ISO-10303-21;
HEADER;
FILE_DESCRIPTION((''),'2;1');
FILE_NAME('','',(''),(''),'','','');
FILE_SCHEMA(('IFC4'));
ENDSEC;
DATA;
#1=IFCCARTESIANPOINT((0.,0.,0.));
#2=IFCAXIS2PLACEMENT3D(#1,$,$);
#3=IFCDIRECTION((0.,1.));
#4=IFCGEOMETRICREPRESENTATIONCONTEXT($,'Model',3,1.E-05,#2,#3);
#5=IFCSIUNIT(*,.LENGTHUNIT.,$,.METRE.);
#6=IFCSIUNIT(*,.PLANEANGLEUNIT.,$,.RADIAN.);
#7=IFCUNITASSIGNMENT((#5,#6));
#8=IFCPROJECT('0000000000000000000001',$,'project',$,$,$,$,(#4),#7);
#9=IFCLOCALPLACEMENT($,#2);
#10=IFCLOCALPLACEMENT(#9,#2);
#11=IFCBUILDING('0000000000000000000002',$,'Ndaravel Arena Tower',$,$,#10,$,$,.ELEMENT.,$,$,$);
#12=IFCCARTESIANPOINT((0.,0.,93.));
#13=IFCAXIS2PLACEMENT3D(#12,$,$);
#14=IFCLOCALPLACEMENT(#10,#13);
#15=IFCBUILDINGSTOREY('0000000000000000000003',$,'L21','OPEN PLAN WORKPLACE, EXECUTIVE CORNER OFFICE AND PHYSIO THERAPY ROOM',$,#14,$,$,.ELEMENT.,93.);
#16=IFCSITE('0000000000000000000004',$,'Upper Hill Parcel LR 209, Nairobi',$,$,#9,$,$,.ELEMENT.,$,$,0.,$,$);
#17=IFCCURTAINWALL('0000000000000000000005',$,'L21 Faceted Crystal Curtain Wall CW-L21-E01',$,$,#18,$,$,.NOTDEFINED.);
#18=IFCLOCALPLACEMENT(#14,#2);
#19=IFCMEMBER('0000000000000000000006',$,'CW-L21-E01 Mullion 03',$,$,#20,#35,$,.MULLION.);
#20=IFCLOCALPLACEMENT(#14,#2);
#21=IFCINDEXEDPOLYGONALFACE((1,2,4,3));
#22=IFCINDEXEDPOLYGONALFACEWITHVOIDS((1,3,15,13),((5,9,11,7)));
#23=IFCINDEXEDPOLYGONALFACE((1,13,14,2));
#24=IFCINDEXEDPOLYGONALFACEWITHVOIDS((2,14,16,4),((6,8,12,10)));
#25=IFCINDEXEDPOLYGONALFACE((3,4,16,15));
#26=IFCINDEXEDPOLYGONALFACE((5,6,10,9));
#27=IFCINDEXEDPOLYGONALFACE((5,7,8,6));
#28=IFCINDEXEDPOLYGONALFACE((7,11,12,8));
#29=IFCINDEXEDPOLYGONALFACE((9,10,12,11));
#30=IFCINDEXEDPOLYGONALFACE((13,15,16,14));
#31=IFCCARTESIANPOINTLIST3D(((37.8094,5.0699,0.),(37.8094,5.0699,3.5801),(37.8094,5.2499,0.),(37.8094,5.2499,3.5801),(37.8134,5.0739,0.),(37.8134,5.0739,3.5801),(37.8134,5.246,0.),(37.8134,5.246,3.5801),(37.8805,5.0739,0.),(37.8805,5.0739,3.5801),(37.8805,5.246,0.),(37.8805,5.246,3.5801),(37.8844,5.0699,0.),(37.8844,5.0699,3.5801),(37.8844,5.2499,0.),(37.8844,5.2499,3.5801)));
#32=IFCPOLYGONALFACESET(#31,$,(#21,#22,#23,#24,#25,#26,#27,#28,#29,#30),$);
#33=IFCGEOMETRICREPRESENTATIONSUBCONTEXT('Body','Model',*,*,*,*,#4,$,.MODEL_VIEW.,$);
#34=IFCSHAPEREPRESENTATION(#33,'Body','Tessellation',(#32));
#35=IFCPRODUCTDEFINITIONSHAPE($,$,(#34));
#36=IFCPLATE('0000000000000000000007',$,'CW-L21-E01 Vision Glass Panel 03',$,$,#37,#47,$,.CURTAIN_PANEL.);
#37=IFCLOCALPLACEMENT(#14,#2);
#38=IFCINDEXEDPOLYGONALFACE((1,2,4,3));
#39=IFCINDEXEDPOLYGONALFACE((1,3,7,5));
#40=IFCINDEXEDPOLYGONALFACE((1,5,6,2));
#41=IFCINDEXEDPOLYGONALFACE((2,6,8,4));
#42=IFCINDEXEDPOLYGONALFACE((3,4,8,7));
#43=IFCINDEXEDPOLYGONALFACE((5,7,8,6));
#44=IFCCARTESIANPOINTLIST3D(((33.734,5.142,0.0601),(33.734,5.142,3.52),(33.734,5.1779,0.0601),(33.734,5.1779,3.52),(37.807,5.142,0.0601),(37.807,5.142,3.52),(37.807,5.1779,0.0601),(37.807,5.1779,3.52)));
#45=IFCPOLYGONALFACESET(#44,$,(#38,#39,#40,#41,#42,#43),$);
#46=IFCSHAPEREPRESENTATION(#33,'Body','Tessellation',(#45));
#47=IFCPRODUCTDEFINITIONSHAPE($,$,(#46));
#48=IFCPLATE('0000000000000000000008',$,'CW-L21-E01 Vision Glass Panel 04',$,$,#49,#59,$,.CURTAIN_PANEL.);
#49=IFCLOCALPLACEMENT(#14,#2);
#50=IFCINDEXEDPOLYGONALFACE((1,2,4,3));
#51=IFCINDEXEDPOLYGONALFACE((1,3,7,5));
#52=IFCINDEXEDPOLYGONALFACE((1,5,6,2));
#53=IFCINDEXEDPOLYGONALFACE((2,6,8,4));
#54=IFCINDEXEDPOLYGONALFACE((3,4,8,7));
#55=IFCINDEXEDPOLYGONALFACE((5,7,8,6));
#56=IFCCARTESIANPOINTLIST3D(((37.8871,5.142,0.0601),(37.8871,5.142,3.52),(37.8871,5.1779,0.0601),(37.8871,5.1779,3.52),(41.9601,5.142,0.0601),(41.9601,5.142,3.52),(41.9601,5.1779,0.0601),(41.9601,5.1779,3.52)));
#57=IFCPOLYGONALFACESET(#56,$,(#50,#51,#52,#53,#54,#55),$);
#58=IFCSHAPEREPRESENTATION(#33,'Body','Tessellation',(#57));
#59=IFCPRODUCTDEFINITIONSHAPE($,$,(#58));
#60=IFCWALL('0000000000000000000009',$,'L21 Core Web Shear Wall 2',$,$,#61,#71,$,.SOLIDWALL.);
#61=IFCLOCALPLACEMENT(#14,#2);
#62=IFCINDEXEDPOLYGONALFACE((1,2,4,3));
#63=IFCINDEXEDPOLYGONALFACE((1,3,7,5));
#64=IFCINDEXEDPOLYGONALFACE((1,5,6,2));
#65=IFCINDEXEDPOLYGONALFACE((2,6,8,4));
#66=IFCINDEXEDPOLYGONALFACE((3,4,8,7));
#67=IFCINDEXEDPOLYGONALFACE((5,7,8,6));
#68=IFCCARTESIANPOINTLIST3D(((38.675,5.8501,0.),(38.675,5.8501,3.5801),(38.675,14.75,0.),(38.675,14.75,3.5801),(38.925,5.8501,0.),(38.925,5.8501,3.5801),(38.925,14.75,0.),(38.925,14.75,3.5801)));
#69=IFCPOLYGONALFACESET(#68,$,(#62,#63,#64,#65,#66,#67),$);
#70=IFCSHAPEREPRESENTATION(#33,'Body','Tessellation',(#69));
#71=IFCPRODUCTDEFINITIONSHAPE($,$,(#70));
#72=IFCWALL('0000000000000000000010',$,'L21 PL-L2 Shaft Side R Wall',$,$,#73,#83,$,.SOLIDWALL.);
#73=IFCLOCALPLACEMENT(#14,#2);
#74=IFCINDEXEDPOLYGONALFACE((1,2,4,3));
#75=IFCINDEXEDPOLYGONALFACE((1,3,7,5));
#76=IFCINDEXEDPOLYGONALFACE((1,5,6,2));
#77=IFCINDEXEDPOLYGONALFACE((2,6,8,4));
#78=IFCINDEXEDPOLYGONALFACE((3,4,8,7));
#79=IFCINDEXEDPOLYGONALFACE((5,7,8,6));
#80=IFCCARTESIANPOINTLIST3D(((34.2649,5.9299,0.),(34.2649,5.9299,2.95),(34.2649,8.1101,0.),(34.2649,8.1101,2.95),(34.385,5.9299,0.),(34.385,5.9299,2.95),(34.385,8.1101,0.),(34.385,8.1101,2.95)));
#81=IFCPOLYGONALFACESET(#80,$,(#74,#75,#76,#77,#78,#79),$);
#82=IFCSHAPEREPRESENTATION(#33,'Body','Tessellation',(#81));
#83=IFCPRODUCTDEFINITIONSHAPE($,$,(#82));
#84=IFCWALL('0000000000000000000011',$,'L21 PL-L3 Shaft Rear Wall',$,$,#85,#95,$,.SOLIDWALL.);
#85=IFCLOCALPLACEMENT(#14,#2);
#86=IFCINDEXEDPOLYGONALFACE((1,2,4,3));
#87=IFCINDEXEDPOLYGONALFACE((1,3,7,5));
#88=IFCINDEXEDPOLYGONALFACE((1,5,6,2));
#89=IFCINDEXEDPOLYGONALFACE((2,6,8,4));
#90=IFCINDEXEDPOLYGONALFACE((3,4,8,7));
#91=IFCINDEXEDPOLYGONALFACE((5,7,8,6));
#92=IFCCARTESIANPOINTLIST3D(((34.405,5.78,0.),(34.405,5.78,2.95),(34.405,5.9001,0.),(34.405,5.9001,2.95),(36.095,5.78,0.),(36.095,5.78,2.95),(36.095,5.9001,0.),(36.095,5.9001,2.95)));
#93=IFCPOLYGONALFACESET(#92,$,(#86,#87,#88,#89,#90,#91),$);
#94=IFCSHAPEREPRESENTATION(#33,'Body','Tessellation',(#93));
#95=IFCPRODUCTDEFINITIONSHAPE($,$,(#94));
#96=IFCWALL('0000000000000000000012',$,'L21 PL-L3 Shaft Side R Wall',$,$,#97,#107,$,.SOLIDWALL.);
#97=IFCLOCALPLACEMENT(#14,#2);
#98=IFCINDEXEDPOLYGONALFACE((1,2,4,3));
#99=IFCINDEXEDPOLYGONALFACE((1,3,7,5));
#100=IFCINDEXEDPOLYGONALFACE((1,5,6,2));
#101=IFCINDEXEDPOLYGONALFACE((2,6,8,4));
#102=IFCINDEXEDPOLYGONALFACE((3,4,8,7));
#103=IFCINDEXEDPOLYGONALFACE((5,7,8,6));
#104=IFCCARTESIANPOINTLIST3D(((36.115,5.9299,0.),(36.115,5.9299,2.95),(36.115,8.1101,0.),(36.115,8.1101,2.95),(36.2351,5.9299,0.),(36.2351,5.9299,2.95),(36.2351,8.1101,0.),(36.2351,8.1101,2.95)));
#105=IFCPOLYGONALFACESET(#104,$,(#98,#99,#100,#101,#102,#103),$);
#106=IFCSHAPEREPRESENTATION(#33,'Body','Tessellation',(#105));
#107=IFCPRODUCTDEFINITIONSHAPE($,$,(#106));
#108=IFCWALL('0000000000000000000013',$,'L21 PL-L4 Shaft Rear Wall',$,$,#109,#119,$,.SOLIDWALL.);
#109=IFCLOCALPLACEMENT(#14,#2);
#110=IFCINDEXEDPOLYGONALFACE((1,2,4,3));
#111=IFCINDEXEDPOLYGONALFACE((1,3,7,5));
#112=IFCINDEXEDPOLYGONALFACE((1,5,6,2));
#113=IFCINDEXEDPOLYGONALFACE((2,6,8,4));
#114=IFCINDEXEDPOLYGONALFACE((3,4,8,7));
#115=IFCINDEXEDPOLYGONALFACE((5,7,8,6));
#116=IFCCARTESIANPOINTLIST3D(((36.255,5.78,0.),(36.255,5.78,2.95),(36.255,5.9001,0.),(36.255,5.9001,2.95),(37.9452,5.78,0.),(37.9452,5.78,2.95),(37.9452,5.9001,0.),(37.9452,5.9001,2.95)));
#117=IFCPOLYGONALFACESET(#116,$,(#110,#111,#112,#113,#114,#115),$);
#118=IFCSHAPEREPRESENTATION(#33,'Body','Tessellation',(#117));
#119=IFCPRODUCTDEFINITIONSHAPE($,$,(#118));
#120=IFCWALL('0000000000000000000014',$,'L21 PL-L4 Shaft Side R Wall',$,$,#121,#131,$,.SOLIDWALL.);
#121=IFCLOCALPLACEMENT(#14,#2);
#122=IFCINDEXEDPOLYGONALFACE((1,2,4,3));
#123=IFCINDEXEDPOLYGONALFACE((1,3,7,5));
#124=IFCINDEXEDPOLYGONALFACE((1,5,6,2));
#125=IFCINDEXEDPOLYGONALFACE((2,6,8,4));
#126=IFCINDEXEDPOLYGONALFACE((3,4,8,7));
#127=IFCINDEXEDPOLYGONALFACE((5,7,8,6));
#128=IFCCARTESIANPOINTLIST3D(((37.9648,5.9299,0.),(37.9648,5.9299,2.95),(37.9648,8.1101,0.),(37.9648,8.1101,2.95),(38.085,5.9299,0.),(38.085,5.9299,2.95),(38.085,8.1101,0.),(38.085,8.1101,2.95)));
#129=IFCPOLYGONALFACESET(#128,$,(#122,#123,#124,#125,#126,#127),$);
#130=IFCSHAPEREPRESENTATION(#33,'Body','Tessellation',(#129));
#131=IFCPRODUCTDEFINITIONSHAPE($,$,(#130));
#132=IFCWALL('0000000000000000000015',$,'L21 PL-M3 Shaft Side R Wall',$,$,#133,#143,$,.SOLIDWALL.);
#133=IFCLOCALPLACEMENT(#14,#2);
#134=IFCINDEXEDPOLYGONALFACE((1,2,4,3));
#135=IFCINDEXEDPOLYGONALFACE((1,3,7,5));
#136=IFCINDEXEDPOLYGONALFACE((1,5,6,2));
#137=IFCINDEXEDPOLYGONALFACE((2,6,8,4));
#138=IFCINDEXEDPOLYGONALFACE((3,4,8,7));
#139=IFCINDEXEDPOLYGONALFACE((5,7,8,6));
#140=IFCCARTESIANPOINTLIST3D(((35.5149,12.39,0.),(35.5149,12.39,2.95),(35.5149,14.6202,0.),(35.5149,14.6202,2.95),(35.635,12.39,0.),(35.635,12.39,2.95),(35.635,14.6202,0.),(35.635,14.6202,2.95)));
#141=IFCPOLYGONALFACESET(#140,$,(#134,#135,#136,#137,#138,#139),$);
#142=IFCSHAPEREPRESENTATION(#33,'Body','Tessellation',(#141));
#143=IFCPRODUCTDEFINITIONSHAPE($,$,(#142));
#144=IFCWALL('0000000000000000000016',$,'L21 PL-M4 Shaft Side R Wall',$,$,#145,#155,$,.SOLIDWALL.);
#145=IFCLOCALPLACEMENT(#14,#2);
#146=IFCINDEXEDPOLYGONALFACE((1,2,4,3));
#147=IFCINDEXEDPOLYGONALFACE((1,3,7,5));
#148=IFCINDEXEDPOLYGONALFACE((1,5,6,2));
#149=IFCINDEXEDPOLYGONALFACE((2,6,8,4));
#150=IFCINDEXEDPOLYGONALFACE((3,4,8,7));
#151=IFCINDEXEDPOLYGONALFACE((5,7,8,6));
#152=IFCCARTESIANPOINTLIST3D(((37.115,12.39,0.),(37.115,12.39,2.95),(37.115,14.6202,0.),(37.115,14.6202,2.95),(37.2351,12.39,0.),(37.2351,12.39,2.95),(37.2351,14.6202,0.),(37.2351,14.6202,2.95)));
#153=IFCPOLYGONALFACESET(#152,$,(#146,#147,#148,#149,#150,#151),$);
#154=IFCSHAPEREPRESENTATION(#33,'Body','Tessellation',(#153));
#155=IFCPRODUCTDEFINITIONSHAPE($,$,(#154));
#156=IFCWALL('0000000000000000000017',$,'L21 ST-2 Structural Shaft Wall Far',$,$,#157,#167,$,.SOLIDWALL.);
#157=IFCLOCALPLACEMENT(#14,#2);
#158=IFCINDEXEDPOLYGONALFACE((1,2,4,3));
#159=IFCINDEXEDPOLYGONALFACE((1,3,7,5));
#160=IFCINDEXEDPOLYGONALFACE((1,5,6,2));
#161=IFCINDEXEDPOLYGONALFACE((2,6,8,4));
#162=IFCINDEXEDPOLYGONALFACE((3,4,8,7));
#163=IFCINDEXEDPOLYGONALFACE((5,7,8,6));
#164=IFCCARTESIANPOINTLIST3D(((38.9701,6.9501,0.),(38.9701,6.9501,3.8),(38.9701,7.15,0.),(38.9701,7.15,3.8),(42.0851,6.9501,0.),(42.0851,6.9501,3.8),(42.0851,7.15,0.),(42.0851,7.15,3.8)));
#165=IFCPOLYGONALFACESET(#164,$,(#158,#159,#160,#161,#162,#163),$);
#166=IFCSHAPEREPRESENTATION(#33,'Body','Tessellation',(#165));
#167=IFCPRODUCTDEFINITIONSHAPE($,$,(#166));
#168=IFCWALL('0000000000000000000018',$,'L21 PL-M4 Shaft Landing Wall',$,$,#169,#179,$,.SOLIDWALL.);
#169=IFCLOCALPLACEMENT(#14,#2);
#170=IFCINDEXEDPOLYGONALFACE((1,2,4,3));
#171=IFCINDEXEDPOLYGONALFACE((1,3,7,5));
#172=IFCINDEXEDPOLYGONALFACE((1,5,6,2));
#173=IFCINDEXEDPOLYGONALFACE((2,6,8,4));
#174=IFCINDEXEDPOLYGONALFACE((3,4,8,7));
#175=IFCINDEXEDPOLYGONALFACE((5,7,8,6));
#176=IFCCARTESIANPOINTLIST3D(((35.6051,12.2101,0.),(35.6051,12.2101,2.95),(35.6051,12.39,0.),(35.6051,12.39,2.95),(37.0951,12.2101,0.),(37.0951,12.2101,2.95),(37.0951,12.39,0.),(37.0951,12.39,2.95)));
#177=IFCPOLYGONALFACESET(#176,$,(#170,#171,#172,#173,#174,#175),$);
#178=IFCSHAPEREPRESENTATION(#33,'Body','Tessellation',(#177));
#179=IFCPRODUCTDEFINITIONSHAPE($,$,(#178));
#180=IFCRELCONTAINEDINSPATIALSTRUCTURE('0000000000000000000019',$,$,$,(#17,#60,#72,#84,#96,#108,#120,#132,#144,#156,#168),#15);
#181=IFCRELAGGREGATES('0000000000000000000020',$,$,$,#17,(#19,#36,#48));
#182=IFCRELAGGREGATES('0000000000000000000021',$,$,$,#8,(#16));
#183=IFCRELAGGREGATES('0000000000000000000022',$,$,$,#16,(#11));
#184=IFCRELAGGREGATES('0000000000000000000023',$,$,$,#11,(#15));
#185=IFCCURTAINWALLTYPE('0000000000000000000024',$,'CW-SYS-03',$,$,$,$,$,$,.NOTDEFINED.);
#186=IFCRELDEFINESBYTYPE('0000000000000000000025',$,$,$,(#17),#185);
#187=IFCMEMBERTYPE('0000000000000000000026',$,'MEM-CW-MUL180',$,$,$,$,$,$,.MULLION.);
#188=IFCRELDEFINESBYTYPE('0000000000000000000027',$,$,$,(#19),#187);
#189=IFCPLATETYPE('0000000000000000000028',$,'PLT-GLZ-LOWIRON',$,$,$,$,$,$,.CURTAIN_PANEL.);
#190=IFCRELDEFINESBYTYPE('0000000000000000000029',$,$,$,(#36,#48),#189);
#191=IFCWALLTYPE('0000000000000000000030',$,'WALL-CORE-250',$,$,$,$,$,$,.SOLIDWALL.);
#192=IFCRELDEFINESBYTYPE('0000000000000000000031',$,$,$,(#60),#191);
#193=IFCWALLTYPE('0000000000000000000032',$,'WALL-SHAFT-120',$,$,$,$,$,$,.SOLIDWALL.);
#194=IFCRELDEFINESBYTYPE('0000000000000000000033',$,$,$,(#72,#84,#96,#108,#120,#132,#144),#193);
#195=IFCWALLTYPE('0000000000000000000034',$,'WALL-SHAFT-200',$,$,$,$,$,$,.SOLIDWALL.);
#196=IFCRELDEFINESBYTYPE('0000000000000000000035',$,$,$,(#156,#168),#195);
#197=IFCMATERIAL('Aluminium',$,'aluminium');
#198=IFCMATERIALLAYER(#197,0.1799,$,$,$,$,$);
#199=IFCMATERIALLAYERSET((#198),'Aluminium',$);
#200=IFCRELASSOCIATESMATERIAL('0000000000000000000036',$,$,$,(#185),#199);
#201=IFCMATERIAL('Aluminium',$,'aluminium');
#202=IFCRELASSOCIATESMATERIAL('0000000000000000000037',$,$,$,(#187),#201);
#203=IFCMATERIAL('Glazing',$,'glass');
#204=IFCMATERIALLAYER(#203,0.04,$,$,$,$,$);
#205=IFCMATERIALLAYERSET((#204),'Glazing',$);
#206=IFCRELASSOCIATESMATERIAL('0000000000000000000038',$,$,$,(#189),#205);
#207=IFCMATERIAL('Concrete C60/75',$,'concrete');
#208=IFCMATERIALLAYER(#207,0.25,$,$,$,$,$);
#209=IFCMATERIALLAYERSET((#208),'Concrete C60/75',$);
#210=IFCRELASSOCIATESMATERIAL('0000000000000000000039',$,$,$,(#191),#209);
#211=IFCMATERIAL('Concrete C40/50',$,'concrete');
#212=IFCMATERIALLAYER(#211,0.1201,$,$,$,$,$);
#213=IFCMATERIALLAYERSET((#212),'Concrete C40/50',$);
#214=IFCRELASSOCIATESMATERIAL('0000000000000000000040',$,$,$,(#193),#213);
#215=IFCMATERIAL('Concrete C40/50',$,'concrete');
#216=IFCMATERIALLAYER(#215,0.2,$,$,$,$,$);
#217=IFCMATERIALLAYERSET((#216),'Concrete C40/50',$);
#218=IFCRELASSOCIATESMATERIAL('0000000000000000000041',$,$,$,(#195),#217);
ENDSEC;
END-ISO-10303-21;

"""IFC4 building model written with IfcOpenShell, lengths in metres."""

from ifc_helpers import new_model, si_unit, direction, frame, frame_2d, origin, origin_2d, place, context, subcontext, project, spatial, rectangle, hollow_rectangle, extrude, material, layer, layer_set, material_profile, profile_set, type_object, element, aggregate, save


model = new_model("IFC4")

# Units and contexts
model_context = context("Model", 3, precision=1e-05, world=origin(), true_north=direction((0.0, 1.0)))
body_context = subcontext(model_context, "Body", "Model", "MODEL_VIEW")
ifc_project = project(units=[si_unit("LENGTHUNIT", "METRE"), si_unit("PLANEANGLEUNIT", "RADIAN")], contexts=[model_context])

# Site, building, storey
site_placement = place(None, origin())
site = spatial("IfcSite", under=ifc_project, at=site_placement, Name="Upper Hill Parcel LR 209, Nairobi", CompositionType="ELEMENT", RefElevation=0.0)
building_placement = place(site_placement, origin())
building = spatial("IfcBuilding", under=site, at=building_placement, Name="Ndaravel Arena Tower", CompositionType="ELEMENT")
storey_placement = place(building_placement, frame((0.0, 0.0, 93.0)))
storey = spatial("IfcBuildingStorey", under=building, at=storey_placement, Name="L21", Description="OPEN PLAN WORKPLACE, EXECUTIVE CORNER OFFICE AND PHYSIO THERAPY ROOM", CompositionType="ELEMENT", Elevation=93.0)

# Curtain wall, member, plates
ifc_material_1 = material(Name="Aluminium", Category="aluminium")
ifc_layer_1 = layer(ifc_material_1, 0.1799)
ifc_layer_set_1 = layer_set([ifc_layer_1], Name="Aluminium")
curtain_wall_type = type_object("IfcCurtainWallType", Name="CW-SYS-03", PredefinedType="NOTDEFINED", material=ifc_layer_set_1)
curtain_wall_placement = place(storey_placement, origin())
curtain_wall = element("IfcCurtainWall", 1, at=curtain_wall_placement, inside=storey, type_object=curtain_wall_type, Name="L21 Faceted Crystal Curtain Wall CW-L21-E01", PredefinedType="NOTDEFINED")
ifc_material_2 = material(Name="Aluminium", Category="aluminium")
ifc_material_profile = material_profile(ifc_material_2, hollow_rectangle(XDim=0.075, YDim=0.1799, WallThickness=0.0039, at=origin_2d()), Name="CW MULLION 75x180x4")
ifc_profile_set = profile_set([ifc_material_profile], Name="Aluminium")
member_type = type_object("IfcMemberType", Name="MEM-CW-MUL180", PredefinedType="MULLION", material=ifc_profile_set)
member_placement = place(storey_placement, frame((37.8469, 5.1599, 0.0), z_axis=(0.0, 0.0, 1.0), x_axis=(1.0, 0.0, 0.0)))
member = element("IfcMember", 2, at=member_placement, type_object=member_type, Name="CW-L21-E01 Mullion 03", PredefinedType="MULLION", context=body_context, shape_type="SweptSolid", body=[
    extrude(hollow_rectangle(XDim=0.075, YDim=0.1799, WallThickness=0.0039, at=origin_2d()), origin(), (0.0, 0.0, 1.0), 3.5801),
])
ifc_material_3 = material(Name="Glazing", Category="glass")
ifc_layer_2 = layer(ifc_material_3, 0.04)
ifc_layer_set_2 = layer_set([ifc_layer_2], Name="Glazing")
plate_type = type_object("IfcPlateType", Name="PLT-GLZ-LOWIRON", PredefinedType="CURTAIN_PANEL", material=ifc_layer_set_2)
plate_1_placement = place(storey_placement, frame((35.7705, 5.1599, 0.0601), z_axis=(0.0, 0.0, 1.0), x_axis=(1.0, 0.0, 0.0)))
plate_1 = element("IfcPlate", 3, at=plate_1_placement, type_object=plate_type, Name="CW-L21-E01 Vision Glass Panel 03", PredefinedType="CURTAIN_PANEL", context=body_context, shape_type="SweptSolid", body=[
    extrude(rectangle(XDim=4.073, YDim=0.0359, at=origin_2d()), origin(), (0.0, 0.0, 1.0), 3.46),
])
plate_2_placement = place(storey_placement, frame((39.9236, 5.1599, 0.0601), z_axis=(0.0, 0.0, 1.0), x_axis=(1.0, 0.0, 0.0)))
plate_2 = element("IfcPlate", 4, at=plate_2_placement, type_object=plate_type, Name="CW-L21-E01 Vision Glass Panel 04", PredefinedType="CURTAIN_PANEL", context=body_context, shape_type="SweptSolid", body=[
    extrude(rectangle(XDim=4.073, YDim=0.0359, at=origin_2d()), origin(), (0.0, 0.0, 1.0), 3.46),
])
aggregate(curtain_wall, [member, plate_1, plate_2])

# Walls
ifc_material_4 = material(Name="Concrete C60/75", Category="concrete")
ifc_layer_3 = layer(ifc_material_4, 0.25)
ifc_layer_set_3 = layer_set([ifc_layer_3], Name="Concrete C60/75")
wall_type_1 = type_object("IfcWallType", Name="WALL-CORE-250", PredefinedType="SOLIDWALL", material=ifc_layer_set_3)
wall_1_placement = place(storey_placement, frame((38.8, 5.8501, 0.0), z_axis=(0.0, 0.0, 1.0), x_axis=(0.0, 1.0, 0.0)))
element("IfcWall", 5, at=wall_1_placement, inside=storey, type_object=wall_type_1, Name="L21 Core Web Shear Wall 2", PredefinedType="SOLIDWALL", context=body_context, shape_type="SweptSolid", body=[
    extrude(rectangle(XDim=8.8999, YDim=0.25, at=frame_2d((4.45, 0.0))), origin(), (0.0, 0.0, 1.0), 3.5801),
])
ifc_material_5 = material(Name="Concrete C40/50", Category="concrete")
ifc_layer_4 = layer(ifc_material_5, 0.1201)
ifc_layer_set_4 = layer_set([ifc_layer_4], Name="Concrete C40/50")
wall_type_2 = type_object("IfcWallType", Name="WALL-SHAFT-120", PredefinedType="SOLIDWALL", material=ifc_layer_set_4)
wall_2_placement = place(storey_placement, frame((34.325, 5.9299, 0.0), z_axis=(0.0, 0.0, 1.0), x_axis=(0.0, 1.0, 0.0)))
element("IfcWall", 6, at=wall_2_placement, inside=storey, type_object=wall_type_2, Name="L21 PL-L2 Shaft Side R Wall", PredefinedType="SOLIDWALL", context=body_context, shape_type="SweptSolid", body=[
    extrude(rectangle(XDim=2.1802, YDim=0.1201, at=frame_2d((1.0901, 0.0))), origin(), (0.0, 0.0, 1.0), 2.95),
])
wall_3_placement = place(storey_placement, frame((34.405, 5.8401, 0.0), z_axis=(0.0, 0.0, 1.0), x_axis=(1.0, 0.0, 0.0)))
element("IfcWall", 7, at=wall_3_placement, inside=storey, type_object=wall_type_2, Name="L21 PL-L3 Shaft Rear Wall", PredefinedType="SOLIDWALL", context=body_context, shape_type="SweptSolid", body=[
    extrude(rectangle(XDim=1.6899, YDim=0.1201, at=frame_2d((0.845, 0.0))), origin(), (0.0, 0.0, 1.0), 2.95),
])
wall_4_placement = place(storey_placement, frame((36.175, 5.9299, 0.0), z_axis=(0.0, 0.0, 1.0), x_axis=(0.0, 1.0, 0.0)))
element("IfcWall", 8, at=wall_4_placement, inside=storey, type_object=wall_type_2, Name="L21 PL-L3 Shaft Side R Wall", PredefinedType="SOLIDWALL", context=body_context, shape_type="SweptSolid", body=[
    extrude(rectangle(XDim=2.1802, YDim=0.1201, at=frame_2d((1.0901, 0.0))), origin(), (0.0, 0.0, 1.0), 2.95),
])
wall_5_placement = place(storey_placement, frame((36.2549, 5.8401, 0.0), z_axis=(0.0, 0.0, 1.0), x_axis=(1.0, 0.0, 0.0)))
element("IfcWall", 9, at=wall_5_placement, inside=storey, type_object=wall_type_2, Name="L21 PL-L4 Shaft Rear Wall", PredefinedType="SOLIDWALL", context=body_context, shape_type="SweptSolid", body=[
    extrude(rectangle(XDim=1.6902, YDim=0.1201, at=frame_2d((0.8452, 0.0))), origin(), (0.0, 0.0, 1.0), 2.95),
])
wall_6_placement = place(storey_placement, frame((38.0249, 5.9299, 0.0), z_axis=(0.0, 0.0, 1.0), x_axis=(0.0, 1.0, 0.0)))
element("IfcWall", 10, at=wall_6_placement, inside=storey, type_object=wall_type_2, Name="L21 PL-L4 Shaft Side R Wall", PredefinedType="SOLIDWALL", context=body_context, shape_type="SweptSolid", body=[
    extrude(rectangle(XDim=2.1802, YDim=0.1201, at=frame_2d((1.0901, 0.0))), origin(), (0.0, 0.0, 1.0), 2.95),
])
for number, where, z_axis, x_axis, name in (
    (11, (35.575, 12.3899, 0.0), (0.0, 0.0, 1.0), (0.0, 1.0, 0.0), "L21 PL-M3 Shaft Side R Wall"),
    (12, (37.175, 12.3899, 0.0), (0.0, 0.0, 1.0), (0.0, 1.0, 0.0), "L21 PL-M4 Shaft Side R Wall"),
):
    element("IfcWall", number, at=place(storey_placement, frame(where, z_axis=z_axis, x_axis=x_axis)), inside=storey, type_object=wall_type_2, Name=name, PredefinedType="SOLIDWALL", context=body_context, shape_type="SweptSolid", body=[
        extrude(rectangle(XDim=2.2302, YDim=0.1201, at=frame_2d((1.1152, 0.0))), origin(), (0.0, 0.0, 1.0), 2.95),
    ])
ifc_material_6 = material(Name="Concrete C40/50", Category="concrete")
ifc_layer_5 = layer(ifc_material_6, 0.2)
ifc_layer_set_5 = layer_set([ifc_layer_5], Name="Concrete C40/50")
wall_type_3 = type_object("IfcWallType", Name="WALL-SHAFT-200", PredefinedType="SOLIDWALL", material=ifc_layer_set_5)
wall_7_placement = place(storey_placement, frame((38.97, 7.05, 0.0), z_axis=(0.0, 0.0, 1.0), x_axis=(1.0, 0.0, 0.0)))
element("IfcWall", 13, at=wall_7_placement, inside=storey, type_object=wall_type_3, Name="L21 ST-2 Structural Shaft Wall Far", PredefinedType="SOLIDWALL", context=body_context, shape_type="SweptSolid", body=[
    extrude(rectangle(XDim=3.115, YDim=0.2, at=frame_2d((1.5576, 0.0))), origin(), (0.0, 0.0, 1.0), 3.8),
])

# Wall
wall_8_placement = place(storey_placement, frame((35.605, 12.3, 0.0), z_axis=(0.0, 0.0, 1.0), x_axis=(1.0, 0.0, 0.0)))
element("IfcWall", 14, at=wall_8_placement, inside=storey, type_object=wall_type_3, Name="L21 PL-M4 Shaft Landing Wall", PredefinedType="SOLIDWALL", context=body_context, shape_type="SweptSolid", body=[
    extrude(rectangle(XDim=1.49, YDim=0.1799, at=frame_2d((0.7451, 0.0))), origin(), (0.0, 0.0, 1.0), 2.95),
])

save(model, "model.ifc")
